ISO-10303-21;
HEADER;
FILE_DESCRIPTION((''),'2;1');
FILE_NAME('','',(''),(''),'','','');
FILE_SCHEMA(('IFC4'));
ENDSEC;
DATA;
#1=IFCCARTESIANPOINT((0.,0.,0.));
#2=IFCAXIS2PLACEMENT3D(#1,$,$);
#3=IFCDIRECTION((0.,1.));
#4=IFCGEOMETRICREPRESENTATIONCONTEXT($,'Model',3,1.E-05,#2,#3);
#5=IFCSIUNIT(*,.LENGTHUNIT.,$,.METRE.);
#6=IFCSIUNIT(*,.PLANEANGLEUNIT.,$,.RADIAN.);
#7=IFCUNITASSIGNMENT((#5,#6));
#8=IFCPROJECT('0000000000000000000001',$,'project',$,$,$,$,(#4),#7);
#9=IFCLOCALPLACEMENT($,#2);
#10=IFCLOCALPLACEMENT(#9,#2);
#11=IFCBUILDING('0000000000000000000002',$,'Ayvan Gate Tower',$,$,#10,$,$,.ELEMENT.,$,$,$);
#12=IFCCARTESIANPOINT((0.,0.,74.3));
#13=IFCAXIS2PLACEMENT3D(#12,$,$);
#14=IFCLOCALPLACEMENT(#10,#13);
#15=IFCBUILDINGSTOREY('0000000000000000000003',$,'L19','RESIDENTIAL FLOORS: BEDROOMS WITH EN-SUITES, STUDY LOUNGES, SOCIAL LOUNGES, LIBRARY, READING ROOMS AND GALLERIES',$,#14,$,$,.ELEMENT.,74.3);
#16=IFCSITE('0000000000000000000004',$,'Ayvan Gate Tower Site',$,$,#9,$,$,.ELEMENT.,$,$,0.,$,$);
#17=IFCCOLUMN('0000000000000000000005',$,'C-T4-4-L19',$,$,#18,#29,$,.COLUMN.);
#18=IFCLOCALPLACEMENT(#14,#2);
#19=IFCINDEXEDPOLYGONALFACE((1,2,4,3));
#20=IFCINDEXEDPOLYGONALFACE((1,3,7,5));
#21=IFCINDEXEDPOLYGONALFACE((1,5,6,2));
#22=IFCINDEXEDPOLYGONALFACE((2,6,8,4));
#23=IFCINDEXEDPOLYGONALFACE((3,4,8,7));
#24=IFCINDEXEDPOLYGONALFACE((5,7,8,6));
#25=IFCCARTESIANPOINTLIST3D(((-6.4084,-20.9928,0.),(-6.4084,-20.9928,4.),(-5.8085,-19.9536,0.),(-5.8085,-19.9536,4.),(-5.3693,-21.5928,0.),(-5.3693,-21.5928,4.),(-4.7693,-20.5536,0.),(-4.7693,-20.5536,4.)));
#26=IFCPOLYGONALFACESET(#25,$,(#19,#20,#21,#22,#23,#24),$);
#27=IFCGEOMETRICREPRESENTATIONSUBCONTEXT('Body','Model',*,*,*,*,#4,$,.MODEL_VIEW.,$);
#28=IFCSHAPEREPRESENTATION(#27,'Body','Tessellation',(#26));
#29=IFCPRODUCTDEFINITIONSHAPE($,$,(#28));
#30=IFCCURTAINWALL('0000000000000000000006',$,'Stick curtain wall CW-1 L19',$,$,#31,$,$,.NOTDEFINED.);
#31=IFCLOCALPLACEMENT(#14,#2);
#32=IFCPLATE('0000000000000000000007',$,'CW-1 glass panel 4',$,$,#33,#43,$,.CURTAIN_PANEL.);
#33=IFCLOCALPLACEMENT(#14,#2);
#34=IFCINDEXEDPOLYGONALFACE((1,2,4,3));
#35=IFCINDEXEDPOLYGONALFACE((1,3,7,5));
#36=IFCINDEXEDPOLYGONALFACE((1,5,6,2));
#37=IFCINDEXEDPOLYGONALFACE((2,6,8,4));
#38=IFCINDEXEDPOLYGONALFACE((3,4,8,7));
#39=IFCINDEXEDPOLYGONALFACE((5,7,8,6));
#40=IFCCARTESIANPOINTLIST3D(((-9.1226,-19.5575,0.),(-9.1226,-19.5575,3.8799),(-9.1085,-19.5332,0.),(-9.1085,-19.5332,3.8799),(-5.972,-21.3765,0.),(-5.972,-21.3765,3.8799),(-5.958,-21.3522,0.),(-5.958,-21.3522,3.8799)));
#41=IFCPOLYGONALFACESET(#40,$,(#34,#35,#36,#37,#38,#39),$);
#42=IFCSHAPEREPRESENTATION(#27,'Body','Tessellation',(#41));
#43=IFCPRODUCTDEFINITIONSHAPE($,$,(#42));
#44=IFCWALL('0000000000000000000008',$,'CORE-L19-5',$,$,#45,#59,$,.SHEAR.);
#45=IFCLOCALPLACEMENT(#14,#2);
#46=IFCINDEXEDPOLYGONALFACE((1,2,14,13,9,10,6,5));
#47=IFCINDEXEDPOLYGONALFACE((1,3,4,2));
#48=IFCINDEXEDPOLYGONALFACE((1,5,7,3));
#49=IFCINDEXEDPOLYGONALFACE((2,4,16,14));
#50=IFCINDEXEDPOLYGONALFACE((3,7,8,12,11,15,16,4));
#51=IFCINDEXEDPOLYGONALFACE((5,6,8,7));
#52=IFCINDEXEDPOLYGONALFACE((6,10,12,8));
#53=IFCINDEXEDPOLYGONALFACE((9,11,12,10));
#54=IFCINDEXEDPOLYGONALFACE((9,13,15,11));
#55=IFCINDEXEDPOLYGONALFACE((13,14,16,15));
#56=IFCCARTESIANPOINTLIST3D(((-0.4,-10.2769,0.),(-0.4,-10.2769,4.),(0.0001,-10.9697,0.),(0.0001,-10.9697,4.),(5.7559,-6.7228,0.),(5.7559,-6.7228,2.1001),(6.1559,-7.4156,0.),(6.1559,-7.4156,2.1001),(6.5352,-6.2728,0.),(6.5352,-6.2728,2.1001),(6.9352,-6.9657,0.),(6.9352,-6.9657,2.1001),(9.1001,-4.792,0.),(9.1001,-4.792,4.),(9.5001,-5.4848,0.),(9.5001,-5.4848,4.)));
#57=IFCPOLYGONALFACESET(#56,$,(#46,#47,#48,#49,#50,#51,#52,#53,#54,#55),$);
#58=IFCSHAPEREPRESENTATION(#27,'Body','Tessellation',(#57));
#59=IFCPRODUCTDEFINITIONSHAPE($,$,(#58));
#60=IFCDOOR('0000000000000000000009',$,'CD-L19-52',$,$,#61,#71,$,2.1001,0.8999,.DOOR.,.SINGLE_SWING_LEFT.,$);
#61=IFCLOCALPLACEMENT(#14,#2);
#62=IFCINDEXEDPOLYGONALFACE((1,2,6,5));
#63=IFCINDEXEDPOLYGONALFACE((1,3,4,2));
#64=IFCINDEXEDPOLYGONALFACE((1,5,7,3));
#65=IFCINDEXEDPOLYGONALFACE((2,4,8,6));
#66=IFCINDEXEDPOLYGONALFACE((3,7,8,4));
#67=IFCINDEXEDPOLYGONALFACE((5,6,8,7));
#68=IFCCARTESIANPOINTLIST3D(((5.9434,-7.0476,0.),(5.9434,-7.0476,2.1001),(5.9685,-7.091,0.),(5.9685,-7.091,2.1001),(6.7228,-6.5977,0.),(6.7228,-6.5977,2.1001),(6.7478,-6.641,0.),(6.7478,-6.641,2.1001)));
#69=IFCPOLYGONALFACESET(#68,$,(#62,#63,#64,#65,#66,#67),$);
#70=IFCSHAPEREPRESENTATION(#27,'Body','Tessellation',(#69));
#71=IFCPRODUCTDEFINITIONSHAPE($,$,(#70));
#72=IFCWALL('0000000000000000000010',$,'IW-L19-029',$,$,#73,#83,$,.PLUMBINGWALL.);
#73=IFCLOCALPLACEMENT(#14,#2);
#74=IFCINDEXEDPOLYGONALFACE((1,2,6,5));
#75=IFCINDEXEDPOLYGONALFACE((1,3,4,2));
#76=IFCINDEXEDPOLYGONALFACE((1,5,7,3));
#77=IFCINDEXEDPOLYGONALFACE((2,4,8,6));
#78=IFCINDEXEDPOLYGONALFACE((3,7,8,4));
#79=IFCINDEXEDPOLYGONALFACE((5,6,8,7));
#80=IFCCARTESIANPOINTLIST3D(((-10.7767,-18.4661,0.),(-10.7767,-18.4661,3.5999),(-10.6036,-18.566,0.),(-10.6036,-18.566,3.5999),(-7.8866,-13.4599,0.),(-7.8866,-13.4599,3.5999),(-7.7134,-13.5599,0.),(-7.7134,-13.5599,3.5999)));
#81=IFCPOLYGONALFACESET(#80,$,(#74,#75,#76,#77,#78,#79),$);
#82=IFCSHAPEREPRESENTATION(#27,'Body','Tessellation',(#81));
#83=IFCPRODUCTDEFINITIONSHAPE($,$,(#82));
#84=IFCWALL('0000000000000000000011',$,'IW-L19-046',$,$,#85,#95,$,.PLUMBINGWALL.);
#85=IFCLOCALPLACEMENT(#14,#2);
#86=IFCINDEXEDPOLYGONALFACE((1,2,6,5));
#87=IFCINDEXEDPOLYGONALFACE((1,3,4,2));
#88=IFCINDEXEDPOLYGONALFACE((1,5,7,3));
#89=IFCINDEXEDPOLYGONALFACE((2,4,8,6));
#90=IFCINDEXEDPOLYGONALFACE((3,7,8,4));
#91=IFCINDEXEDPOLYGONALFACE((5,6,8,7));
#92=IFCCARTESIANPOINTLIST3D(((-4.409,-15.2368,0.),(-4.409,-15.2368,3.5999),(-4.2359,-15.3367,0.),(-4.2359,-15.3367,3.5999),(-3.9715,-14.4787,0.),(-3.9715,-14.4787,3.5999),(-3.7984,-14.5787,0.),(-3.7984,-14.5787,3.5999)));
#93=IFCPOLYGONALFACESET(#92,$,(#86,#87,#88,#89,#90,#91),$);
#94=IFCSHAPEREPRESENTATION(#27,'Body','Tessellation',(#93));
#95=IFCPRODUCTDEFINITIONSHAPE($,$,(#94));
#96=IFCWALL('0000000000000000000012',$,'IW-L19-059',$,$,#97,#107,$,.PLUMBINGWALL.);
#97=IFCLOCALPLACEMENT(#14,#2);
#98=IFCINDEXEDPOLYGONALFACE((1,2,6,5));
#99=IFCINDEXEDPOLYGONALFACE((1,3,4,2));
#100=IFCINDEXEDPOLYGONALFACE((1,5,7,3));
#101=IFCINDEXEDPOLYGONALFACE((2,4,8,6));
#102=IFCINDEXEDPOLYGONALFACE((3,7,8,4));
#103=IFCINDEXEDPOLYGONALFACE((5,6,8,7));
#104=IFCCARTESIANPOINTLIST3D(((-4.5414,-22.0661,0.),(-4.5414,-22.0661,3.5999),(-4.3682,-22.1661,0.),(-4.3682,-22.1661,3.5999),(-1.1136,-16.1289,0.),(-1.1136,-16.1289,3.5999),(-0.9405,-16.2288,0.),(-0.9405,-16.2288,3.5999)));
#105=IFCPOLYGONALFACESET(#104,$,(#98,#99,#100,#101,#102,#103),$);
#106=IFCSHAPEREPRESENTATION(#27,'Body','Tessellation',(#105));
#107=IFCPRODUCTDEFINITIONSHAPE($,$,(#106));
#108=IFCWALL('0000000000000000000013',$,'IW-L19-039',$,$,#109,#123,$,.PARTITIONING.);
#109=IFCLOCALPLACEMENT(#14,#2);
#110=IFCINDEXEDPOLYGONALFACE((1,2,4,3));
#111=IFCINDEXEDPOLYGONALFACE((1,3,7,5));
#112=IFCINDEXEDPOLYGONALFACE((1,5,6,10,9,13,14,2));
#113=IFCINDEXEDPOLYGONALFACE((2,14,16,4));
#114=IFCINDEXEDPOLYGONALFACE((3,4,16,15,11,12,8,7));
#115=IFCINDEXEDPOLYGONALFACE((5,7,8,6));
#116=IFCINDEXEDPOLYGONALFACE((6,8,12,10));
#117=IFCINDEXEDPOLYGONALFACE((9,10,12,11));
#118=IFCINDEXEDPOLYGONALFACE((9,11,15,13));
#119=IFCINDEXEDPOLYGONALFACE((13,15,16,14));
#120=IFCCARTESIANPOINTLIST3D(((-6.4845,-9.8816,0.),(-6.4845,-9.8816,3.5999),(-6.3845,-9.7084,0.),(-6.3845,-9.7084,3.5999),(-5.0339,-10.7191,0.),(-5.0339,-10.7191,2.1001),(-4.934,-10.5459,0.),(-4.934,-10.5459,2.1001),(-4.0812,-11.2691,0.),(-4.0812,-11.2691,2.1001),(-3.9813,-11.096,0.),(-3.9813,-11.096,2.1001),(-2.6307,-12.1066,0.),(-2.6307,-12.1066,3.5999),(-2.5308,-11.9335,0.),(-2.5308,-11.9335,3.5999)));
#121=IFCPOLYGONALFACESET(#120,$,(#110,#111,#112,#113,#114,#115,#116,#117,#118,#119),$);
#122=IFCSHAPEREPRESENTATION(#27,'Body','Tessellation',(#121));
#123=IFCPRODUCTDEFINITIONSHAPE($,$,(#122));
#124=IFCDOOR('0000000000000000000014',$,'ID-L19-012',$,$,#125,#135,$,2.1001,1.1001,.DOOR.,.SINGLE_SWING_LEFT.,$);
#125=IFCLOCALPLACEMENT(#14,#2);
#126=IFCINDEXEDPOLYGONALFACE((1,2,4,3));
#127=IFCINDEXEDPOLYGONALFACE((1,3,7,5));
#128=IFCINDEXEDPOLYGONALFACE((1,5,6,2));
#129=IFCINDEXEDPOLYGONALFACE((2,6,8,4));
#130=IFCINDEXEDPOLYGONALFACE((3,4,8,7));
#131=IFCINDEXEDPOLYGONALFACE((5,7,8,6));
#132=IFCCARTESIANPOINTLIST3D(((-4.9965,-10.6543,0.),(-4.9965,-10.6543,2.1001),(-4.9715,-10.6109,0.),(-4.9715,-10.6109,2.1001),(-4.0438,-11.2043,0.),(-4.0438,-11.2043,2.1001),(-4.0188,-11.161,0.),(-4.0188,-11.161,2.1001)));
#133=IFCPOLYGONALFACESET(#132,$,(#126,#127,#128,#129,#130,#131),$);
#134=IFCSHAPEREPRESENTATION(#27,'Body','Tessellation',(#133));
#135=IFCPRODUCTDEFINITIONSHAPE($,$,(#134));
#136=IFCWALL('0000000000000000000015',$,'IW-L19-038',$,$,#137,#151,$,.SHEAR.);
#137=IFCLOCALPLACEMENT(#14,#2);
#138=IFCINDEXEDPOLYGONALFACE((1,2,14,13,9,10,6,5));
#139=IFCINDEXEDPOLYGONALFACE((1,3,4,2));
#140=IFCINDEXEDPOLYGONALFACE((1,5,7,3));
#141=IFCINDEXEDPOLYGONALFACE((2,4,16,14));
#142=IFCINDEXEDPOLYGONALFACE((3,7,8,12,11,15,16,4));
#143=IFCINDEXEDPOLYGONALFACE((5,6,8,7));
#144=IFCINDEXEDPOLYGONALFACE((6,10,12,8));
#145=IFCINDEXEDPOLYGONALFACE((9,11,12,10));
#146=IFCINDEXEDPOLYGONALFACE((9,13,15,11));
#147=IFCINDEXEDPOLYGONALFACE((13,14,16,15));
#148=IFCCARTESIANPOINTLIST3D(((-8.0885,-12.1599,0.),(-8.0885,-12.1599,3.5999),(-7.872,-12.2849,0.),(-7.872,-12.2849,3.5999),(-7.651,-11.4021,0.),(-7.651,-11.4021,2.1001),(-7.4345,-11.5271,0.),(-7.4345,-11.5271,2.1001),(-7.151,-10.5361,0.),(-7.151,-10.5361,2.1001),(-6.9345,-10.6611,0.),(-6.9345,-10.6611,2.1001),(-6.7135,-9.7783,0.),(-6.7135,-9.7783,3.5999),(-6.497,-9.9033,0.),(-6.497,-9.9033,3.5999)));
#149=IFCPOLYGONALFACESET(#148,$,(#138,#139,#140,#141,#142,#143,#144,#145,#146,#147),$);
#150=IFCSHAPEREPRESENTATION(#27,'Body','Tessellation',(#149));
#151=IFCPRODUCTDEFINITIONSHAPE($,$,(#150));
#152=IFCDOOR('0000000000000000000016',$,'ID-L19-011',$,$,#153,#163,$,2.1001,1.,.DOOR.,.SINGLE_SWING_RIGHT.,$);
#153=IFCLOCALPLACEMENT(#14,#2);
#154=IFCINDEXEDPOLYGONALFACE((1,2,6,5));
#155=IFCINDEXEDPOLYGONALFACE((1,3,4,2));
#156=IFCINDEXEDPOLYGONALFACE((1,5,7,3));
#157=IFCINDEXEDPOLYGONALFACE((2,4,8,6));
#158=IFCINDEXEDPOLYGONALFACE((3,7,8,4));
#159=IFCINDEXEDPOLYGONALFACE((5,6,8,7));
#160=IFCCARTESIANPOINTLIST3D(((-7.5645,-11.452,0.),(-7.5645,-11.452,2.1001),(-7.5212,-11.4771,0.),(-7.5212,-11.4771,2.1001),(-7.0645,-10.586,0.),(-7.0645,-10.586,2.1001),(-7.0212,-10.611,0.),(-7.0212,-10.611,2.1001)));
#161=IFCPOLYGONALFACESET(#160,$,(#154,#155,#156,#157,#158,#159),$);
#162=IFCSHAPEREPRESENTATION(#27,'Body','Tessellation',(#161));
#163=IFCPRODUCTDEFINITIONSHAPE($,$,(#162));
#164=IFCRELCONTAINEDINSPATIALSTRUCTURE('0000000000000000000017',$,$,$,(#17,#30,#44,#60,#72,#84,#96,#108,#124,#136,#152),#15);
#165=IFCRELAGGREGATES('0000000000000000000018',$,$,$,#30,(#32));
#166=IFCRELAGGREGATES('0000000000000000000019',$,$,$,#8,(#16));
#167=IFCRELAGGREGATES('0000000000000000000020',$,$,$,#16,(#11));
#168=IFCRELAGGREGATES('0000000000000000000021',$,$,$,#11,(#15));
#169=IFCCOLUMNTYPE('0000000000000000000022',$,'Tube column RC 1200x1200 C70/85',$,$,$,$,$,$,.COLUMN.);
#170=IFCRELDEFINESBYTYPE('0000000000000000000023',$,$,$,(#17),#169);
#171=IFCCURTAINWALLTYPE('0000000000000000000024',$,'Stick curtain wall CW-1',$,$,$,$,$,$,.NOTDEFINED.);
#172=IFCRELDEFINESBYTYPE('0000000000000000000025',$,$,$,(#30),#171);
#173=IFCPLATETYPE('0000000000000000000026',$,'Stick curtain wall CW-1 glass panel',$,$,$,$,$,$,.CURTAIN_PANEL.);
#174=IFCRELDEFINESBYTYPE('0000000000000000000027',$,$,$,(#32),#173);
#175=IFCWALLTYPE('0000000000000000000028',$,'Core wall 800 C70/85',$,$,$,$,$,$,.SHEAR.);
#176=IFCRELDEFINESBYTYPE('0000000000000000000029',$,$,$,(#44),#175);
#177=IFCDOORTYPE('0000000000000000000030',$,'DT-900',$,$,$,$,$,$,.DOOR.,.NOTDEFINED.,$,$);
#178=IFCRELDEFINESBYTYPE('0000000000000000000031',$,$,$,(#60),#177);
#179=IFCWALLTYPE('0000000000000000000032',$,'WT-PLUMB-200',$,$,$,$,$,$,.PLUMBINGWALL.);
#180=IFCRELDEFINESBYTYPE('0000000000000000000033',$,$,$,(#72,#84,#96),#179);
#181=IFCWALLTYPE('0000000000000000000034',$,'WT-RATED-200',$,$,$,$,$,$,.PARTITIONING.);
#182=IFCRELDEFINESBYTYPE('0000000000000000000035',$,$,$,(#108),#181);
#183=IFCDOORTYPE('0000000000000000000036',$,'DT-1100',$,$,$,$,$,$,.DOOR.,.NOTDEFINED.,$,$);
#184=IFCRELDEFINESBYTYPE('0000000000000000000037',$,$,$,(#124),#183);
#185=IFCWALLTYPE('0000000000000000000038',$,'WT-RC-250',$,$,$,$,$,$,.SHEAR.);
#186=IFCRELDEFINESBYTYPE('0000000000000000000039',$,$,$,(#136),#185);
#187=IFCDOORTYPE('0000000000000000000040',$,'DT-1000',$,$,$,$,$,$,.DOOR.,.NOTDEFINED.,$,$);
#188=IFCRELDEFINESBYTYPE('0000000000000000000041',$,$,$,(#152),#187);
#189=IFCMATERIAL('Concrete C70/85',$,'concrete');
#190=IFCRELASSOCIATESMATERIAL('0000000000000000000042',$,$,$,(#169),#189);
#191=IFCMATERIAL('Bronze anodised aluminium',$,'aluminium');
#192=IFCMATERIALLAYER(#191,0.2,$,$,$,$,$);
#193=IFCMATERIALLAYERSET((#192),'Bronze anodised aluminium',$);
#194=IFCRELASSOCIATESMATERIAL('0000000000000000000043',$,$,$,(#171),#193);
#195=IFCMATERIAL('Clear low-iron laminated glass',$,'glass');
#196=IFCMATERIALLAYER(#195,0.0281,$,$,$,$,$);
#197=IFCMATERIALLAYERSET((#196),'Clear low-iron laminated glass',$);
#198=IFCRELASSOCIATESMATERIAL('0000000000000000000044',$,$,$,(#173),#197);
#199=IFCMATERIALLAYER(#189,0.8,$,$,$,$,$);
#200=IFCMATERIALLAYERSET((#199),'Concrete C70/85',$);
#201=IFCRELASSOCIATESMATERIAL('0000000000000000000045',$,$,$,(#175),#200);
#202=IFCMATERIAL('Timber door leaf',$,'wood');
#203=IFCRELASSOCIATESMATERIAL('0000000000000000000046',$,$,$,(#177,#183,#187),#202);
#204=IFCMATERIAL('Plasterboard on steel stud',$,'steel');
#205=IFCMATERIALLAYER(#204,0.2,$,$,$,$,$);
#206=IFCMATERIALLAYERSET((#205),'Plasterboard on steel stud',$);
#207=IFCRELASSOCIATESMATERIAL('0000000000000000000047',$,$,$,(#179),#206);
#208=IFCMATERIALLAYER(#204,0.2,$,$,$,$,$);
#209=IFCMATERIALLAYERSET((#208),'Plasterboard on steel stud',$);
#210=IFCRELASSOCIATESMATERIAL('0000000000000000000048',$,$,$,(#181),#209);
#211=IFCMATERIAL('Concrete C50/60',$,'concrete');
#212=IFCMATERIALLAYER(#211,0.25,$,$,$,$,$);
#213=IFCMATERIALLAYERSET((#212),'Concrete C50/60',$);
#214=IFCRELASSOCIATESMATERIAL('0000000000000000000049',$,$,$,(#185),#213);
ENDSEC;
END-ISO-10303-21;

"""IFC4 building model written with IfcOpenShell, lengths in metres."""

from ifc_helpers import new_model, si_unit, direction, frame, frame_2d, origin, origin_2d, place, context, subcontext, project, spatial, rectangle, extrude, material, layer, layer_set, material_profile, profile_set, type_object, element, fill, aggregate, save


model = new_model("IFC4")

# Units and contexts
model_context = context("Model", 3, precision=1e-05, world=origin(), true_north=direction((0.0, 1.0)))
body_context = subcontext(model_context, "Body", "Model", "MODEL_VIEW")
ifc_project = project(units=[si_unit("LENGTHUNIT", "METRE"), si_unit("PLANEANGLEUNIT", "RADIAN")], contexts=[model_context])

# Site, building, storey
site_placement = place(None, origin())
site = spatial("IfcSite", under=ifc_project, at=site_placement, Name="Ayvan Gate Tower Site", CompositionType="ELEMENT", RefElevation=0.0)
building_placement = place(site_placement, origin())
building = spatial("IfcBuilding", under=site, at=building_placement, Name="Ayvan Gate Tower", CompositionType="ELEMENT")
storey_placement = place(building_placement, frame((0.0, 0.0, 74.3)))
storey = spatial("IfcBuildingStorey", under=building, at=storey_placement, Name="L19", Description="RESIDENTIAL FLOORS: BEDROOMS WITH EN-SUITES, STUDY LOUNGES, SOCIAL LOUNGES, LIBRARY, READING ROOMS AND GALLERIES", CompositionType="ELEMENT", Elevation=74.3)

# Column
ifc_material_1 = material(Name="Concrete C70/85", Category="concrete")
ifc_material_profile = material_profile(ifc_material_1, rectangle(XDim=1.2, YDim=1.2, at=origin_2d()), Name="RC 1200x1200")
ifc_profile_set = profile_set([ifc_material_profile], Name="Concrete C70/85")
column_type = type_object("IfcColumnType", Name="Tube column RC 1200x1200 C70/85", PredefinedType="COLUMN", material=ifc_profile_set)
column_placement = place(storey_placement, frame((-5.5889, -20.7732, 0.0), z_axis=(0.0, 0.0, 1.0), x_axis=(-0.5, -0.866025, 0.0)))
element("IfcColumn", 1, at=column_placement, inside=storey, type_object=column_type, Name="C-T4-4-L19", PredefinedType="COLUMN", context=body_context, shape_type="SweptSolid", body=[
    extrude(rectangle(XDim=1.2, YDim=1.2, at=origin_2d()), origin(), (0.0, 0.0, 1.0), 4.0),
])

# Curtain wall, plate
ifc_material_2 = material(Name="Bronze anodised aluminium", Category="aluminium")
ifc_layer_1 = layer(ifc_material_2, 0.2)
ifc_layer_set_1 = layer_set([ifc_layer_1], Name="Bronze anodised aluminium")
curtain_wall_type = type_object("IfcCurtainWallType", Name="Stick curtain wall CW-1", PredefinedType="NOTDEFINED", material=ifc_layer_set_1)
curtain_wall_placement = place(storey_placement, origin())
curtain_wall = element("IfcCurtainWall", 2, at=curtain_wall_placement, inside=storey, type_object=curtain_wall_type, Name="Stick curtain wall CW-1 L19", PredefinedType="NOTDEFINED")
ifc_material_3 = material(Name="Clear low-iron laminated glass", Category="glass")
ifc_layer_2 = layer(ifc_material_3, 0.0281)
ifc_layer_set_2 = layer_set([ifc_layer_2], Name="Clear low-iron laminated glass")
plate_type = type_object("IfcPlateType", Name="Stick curtain wall CW-1 glass panel", PredefinedType="CURTAIN_PANEL", material=ifc_layer_set_2)
plate_placement = place(storey_placement, frame((-7.5403, -20.4548, 0.0), z_axis=(0.0, 0.0, 1.0), x_axis=(0.866025, -0.5, 0.0)))
plate = element("IfcPlate", 3, at=plate_placement, type_object=plate_type, Name="CW-1 glass panel 4", PredefinedType="CURTAIN_PANEL", context=body_context, shape_type="SweptSolid", body=[
    extrude(rectangle(XDim=3.6379, YDim=0.0281, at=origin_2d()), origin(), (0.0, 0.0, 1.0), 3.8799),
])
aggregate(curtain_wall, [plate])

# Wall, opening, door
ifc_layer_3 = layer(ifc_material_1, 0.8)
ifc_layer_set_3 = layer_set([ifc_layer_3], Name="Concrete C70/85")
wall_type_1 = type_object("IfcWallType", Name="Core wall 800 C70/85", PredefinedType="SHEAR", material=ifc_layer_set_3)
wall_1_placement = place(storey_placement, frame((-0.2, -10.6233, 0.0), z_axis=(0.0, 0.0, 1.0), x_axis=(0.866024, 0.500002, 0.0)))
wall_1 = element("IfcWall", 4, at=wall_1_placement, inside=storey, type_object=wall_type_1, Name="CORE-L19-5", PredefinedType="SHEAR", context=body_context, shape_type="SweptSolid", body=[
    extrude(rectangle(XDim=10.9697, YDim=0.8, at=frame_2d((5.4849, 0.0))), origin(), (0.0, 0.0, 1.0), 4.0),
])
opening_1_placement = place(wall_1_placement, frame((7.1082, 0.0, 0.0)))
opening_1 = element("IfcOpeningElement", 5, at=opening_1_placement, cuts=wall_1, PredefinedType="OPENING", context=body_context, shape_type="SweptSolid", body=[
    extrude(rectangle(XDim=0.8999, YDim=2.1001, at=frame_2d((0.45, 1.05))), frame((0.0, 0.4099, 0.0), z_axis=(0.0, -1.0, 0.0), x_axis=(1.0, 0.0, 0.0)), (0.0, 0.0, 1.0), 0.8201),
])
ifc_material_4 = material(Name="Timber door leaf", Category="wood")
door_type_1 = type_object("IfcDoorType", Name="DT-900", OperationType="NOTDEFINED", PredefinedType="DOOR", material=ifc_material_4)
door_1_placement = place(opening_1_placement, origin())
door_1 = element("IfcDoor", 6, at=door_1_placement, inside=storey, type_object=door_type_1, Name="CD-L19-52", OperationType="SINGLE_SWING_LEFT", OverallHeight=2.1001, OverallWidth=0.8999, PredefinedType="DOOR", context=body_context, shape_type="SweptSolid", body=[
    extrude(rectangle(XDim=0.8999, YDim=2.1001, at=frame_2d((0.45, 1.05))), frame((0.0, 0.0249, 0.0), z_axis=(0.0, -1.0, 0.0), x_axis=(1.0, 0.0, 0.0)), (0.0, 0.0, 1.0), 0.05),
])
fill(opening_1, door_1)

# Walls
ifc_material_5 = material(Name="Plasterboard on steel stud", Category="steel")
ifc_layer_4 = layer(ifc_material_5, 0.2)
ifc_layer_set_4 = layer_set([ifc_layer_4], Name="Plasterboard on steel stud")
wall_type_2 = type_object("IfcWallType", Name="WT-PLUMB-200", PredefinedType="PLUMBINGWALL", material=ifc_layer_set_4)
wall_2_placement = place(storey_placement, frame((-7.8, -13.51, 0.0), z_axis=(0.0, 0.0, 1.0), x_axis=(-0.499982, -0.866036, 0.0)))
element("IfcWall", 7, at=wall_2_placement, inside=storey, type_object=wall_type_2, Name="IW-L19-029", PredefinedType="PLUMBINGWALL", context=body_context, shape_type="SweptSolid", body=[
    extrude(rectangle(XDim=5.7805, YDim=0.2, at=frame_2d((2.8901, 0.0))), origin(), (0.0, 0.0, 1.0), 3.5999),
])
wall_3_placement = place(storey_placement, frame((-3.885, -14.5288, 0.0), z_axis=(0.0, 0.0, 1.0), x_axis=(-0.499859, -0.866107, 0.0)))
element("IfcWall", 8, at=wall_3_placement, inside=storey, type_object=wall_type_2, Name="IW-L19-046", PredefinedType="PLUMBINGWALL", context=body_context, shape_type="SweptSolid", body=[
    extrude(rectangle(XDim=0.8752, YDim=0.2, at=frame_2d((0.4375, 0.0))), origin(), (0.0, 0.0, 1.0), 3.5999),
])
wall_4_placement = place(storey_placement, frame((-1.0271, -16.179, 0.0), z_axis=(0.0, 0.0, 1.0), x_axis=(-0.499984, -0.866034, 0.0)))
element("IfcWall", 9, at=wall_4_placement, inside=storey, type_object=wall_type_2, Name="IW-L19-059", PredefinedType="PLUMBINGWALL", context=body_context, shape_type="SweptSolid", body=[
    extrude(rectangle(XDim=6.8557, YDim=0.2, at=frame_2d((3.4277, 0.0))), origin(), (0.0, 0.0, 1.0), 3.5999),
])

# Walls, openings, doors
ifc_layer_5 = layer(ifc_material_5, 0.2)
ifc_layer_set_5 = layer_set([ifc_layer_5], Name="Plasterboard on steel stud")
wall_type_3 = type_object("IfcWallType", Name="WT-RATED-200", PredefinedType="PARTITIONING", material=ifc_layer_set_5)
wall_5_placement = place(storey_placement, frame((-6.4346, -9.7949, 0.0), z_axis=(0.0, 0.0, 1.0), x_axis=(0.866013, -0.500022, 0.0)))
wall_5 = element("IfcWall", 10, at=wall_5_placement, inside=storey, type_object=wall_type_3, Name="IW-L19-039", PredefinedType="PARTITIONING", context=body_context, shape_type="SweptSolid", body=[
    extrude(rectangle(XDim=4.45, YDim=0.2, at=frame_2d((2.2251, 0.0))), origin(), (0.0, 0.0, 1.0), 3.5999),
])
opening_2_placement = place(wall_5_placement, frame((1.675, 0.0, 0.0)))
opening_2 = element("IfcOpeningElement", 11, at=opening_2_placement, cuts=wall_5, PredefinedType="OPENING", context=body_context, shape_type="SweptSolid", body=[
    extrude(rectangle(XDim=1.1001, YDim=2.1001, at=frame_2d((0.55, 1.05))), frame((0.0, 0.1099, 0.0), z_axis=(0.0, -1.0, 0.0), x_axis=(1.0, 0.0, 0.0)), (0.0, 0.0, 1.0), 0.22),
])
door_type_2 = type_object("IfcDoorType", Name="DT-1100", OperationType="NOTDEFINED", PredefinedType="DOOR", material=ifc_material_4)
door_2_placement = place(opening_2_placement, origin())
door_2 = element("IfcDoor", 12, at=door_2_placement, inside=storey, type_object=door_type_2, Name="ID-L19-012", OperationType="SINGLE_SWING_LEFT", OverallHeight=2.1001, OverallWidth=1.1001, PredefinedType="DOOR", context=body_context, shape_type="SweptSolid", body=[
    extrude(rectangle(XDim=1.1001, YDim=2.1001, at=frame_2d((0.55, 1.05))), frame((0.0, 0.0249, 0.0), z_axis=(0.0, -1.0, 0.0), x_axis=(1.0, 0.0, 0.0)), (0.0, 0.0, 1.0), 0.05),
])
fill(opening_2, door_2)
ifc_material_6 = material(Name="Concrete C50/60", Category="concrete")
ifc_layer_6 = layer(ifc_material_6, 0.25)
ifc_layer_set_6 = layer_set([ifc_layer_6], Name="Concrete C50/60")
wall_type_4 = type_object("IfcWallType", Name="WT-RC-250", PredefinedType="SHEAR", material=ifc_layer_set_6)
wall_6_placement = place(storey_placement, frame((-6.6052, -9.8408, 0.0), z_axis=(0.0, 0.0, 1.0), x_axis=(-0.499997, -0.866027, 0.0)))
wall_6 = element("IfcWall", 13, at=wall_6_placement, inside=storey, type_object=wall_type_4, Name="IW-L19-038", PredefinedType="SHEAR", context=body_context, shape_type="SweptSolid", body=[
    extrude(rectangle(XDim=2.75, YDim=0.25, at=frame_2d((1.375, 0.0))), origin(), (0.0, 0.0, 1.0), 3.5999),
])
opening_3_placement = place(wall_6_placement, frame((0.875, 0.0, 0.0)))
opening_3 = element("IfcOpeningElement", 14, at=opening_3_placement, cuts=wall_6, PredefinedType="OPENING", context=body_context, shape_type="SweptSolid", body=[
    extrude(rectangle(XDim=1.0, YDim=2.1001, at=frame_2d((0.5, 1.05))), frame((0.0, 0.135, 0.0), z_axis=(0.0, -1.0, 0.0), x_axis=(1.0, 0.0, 0.0)), (0.0, 0.0, 1.0), 0.27),
])
door_type_3 = type_object("IfcDoorType", Name="DT-1000", OperationType="NOTDEFINED", PredefinedType="DOOR", material=ifc_material_4)
door_3_placement = place(opening_3_placement, origin())
door_3 = element("IfcDoor", 15, at=door_3_placement, inside=storey, type_object=door_type_3, Name="ID-L19-011", OperationType="SINGLE_SWING_RIGHT", OverallHeight=2.1001, OverallWidth=1.0, PredefinedType="DOOR", context=body_context, shape_type="SweptSolid", body=[
    extrude(rectangle(XDim=1.0, YDim=2.1001, at=frame_2d((0.5, 1.05))), frame((0.0, 0.0249, 0.0), z_axis=(0.0, -1.0, 0.0), x_axis=(1.0, 0.0, 0.0)), (0.0, 0.0, 1.0), 0.05),
])
fill(opening_3, door_3)

save(model, "model.ifc")
